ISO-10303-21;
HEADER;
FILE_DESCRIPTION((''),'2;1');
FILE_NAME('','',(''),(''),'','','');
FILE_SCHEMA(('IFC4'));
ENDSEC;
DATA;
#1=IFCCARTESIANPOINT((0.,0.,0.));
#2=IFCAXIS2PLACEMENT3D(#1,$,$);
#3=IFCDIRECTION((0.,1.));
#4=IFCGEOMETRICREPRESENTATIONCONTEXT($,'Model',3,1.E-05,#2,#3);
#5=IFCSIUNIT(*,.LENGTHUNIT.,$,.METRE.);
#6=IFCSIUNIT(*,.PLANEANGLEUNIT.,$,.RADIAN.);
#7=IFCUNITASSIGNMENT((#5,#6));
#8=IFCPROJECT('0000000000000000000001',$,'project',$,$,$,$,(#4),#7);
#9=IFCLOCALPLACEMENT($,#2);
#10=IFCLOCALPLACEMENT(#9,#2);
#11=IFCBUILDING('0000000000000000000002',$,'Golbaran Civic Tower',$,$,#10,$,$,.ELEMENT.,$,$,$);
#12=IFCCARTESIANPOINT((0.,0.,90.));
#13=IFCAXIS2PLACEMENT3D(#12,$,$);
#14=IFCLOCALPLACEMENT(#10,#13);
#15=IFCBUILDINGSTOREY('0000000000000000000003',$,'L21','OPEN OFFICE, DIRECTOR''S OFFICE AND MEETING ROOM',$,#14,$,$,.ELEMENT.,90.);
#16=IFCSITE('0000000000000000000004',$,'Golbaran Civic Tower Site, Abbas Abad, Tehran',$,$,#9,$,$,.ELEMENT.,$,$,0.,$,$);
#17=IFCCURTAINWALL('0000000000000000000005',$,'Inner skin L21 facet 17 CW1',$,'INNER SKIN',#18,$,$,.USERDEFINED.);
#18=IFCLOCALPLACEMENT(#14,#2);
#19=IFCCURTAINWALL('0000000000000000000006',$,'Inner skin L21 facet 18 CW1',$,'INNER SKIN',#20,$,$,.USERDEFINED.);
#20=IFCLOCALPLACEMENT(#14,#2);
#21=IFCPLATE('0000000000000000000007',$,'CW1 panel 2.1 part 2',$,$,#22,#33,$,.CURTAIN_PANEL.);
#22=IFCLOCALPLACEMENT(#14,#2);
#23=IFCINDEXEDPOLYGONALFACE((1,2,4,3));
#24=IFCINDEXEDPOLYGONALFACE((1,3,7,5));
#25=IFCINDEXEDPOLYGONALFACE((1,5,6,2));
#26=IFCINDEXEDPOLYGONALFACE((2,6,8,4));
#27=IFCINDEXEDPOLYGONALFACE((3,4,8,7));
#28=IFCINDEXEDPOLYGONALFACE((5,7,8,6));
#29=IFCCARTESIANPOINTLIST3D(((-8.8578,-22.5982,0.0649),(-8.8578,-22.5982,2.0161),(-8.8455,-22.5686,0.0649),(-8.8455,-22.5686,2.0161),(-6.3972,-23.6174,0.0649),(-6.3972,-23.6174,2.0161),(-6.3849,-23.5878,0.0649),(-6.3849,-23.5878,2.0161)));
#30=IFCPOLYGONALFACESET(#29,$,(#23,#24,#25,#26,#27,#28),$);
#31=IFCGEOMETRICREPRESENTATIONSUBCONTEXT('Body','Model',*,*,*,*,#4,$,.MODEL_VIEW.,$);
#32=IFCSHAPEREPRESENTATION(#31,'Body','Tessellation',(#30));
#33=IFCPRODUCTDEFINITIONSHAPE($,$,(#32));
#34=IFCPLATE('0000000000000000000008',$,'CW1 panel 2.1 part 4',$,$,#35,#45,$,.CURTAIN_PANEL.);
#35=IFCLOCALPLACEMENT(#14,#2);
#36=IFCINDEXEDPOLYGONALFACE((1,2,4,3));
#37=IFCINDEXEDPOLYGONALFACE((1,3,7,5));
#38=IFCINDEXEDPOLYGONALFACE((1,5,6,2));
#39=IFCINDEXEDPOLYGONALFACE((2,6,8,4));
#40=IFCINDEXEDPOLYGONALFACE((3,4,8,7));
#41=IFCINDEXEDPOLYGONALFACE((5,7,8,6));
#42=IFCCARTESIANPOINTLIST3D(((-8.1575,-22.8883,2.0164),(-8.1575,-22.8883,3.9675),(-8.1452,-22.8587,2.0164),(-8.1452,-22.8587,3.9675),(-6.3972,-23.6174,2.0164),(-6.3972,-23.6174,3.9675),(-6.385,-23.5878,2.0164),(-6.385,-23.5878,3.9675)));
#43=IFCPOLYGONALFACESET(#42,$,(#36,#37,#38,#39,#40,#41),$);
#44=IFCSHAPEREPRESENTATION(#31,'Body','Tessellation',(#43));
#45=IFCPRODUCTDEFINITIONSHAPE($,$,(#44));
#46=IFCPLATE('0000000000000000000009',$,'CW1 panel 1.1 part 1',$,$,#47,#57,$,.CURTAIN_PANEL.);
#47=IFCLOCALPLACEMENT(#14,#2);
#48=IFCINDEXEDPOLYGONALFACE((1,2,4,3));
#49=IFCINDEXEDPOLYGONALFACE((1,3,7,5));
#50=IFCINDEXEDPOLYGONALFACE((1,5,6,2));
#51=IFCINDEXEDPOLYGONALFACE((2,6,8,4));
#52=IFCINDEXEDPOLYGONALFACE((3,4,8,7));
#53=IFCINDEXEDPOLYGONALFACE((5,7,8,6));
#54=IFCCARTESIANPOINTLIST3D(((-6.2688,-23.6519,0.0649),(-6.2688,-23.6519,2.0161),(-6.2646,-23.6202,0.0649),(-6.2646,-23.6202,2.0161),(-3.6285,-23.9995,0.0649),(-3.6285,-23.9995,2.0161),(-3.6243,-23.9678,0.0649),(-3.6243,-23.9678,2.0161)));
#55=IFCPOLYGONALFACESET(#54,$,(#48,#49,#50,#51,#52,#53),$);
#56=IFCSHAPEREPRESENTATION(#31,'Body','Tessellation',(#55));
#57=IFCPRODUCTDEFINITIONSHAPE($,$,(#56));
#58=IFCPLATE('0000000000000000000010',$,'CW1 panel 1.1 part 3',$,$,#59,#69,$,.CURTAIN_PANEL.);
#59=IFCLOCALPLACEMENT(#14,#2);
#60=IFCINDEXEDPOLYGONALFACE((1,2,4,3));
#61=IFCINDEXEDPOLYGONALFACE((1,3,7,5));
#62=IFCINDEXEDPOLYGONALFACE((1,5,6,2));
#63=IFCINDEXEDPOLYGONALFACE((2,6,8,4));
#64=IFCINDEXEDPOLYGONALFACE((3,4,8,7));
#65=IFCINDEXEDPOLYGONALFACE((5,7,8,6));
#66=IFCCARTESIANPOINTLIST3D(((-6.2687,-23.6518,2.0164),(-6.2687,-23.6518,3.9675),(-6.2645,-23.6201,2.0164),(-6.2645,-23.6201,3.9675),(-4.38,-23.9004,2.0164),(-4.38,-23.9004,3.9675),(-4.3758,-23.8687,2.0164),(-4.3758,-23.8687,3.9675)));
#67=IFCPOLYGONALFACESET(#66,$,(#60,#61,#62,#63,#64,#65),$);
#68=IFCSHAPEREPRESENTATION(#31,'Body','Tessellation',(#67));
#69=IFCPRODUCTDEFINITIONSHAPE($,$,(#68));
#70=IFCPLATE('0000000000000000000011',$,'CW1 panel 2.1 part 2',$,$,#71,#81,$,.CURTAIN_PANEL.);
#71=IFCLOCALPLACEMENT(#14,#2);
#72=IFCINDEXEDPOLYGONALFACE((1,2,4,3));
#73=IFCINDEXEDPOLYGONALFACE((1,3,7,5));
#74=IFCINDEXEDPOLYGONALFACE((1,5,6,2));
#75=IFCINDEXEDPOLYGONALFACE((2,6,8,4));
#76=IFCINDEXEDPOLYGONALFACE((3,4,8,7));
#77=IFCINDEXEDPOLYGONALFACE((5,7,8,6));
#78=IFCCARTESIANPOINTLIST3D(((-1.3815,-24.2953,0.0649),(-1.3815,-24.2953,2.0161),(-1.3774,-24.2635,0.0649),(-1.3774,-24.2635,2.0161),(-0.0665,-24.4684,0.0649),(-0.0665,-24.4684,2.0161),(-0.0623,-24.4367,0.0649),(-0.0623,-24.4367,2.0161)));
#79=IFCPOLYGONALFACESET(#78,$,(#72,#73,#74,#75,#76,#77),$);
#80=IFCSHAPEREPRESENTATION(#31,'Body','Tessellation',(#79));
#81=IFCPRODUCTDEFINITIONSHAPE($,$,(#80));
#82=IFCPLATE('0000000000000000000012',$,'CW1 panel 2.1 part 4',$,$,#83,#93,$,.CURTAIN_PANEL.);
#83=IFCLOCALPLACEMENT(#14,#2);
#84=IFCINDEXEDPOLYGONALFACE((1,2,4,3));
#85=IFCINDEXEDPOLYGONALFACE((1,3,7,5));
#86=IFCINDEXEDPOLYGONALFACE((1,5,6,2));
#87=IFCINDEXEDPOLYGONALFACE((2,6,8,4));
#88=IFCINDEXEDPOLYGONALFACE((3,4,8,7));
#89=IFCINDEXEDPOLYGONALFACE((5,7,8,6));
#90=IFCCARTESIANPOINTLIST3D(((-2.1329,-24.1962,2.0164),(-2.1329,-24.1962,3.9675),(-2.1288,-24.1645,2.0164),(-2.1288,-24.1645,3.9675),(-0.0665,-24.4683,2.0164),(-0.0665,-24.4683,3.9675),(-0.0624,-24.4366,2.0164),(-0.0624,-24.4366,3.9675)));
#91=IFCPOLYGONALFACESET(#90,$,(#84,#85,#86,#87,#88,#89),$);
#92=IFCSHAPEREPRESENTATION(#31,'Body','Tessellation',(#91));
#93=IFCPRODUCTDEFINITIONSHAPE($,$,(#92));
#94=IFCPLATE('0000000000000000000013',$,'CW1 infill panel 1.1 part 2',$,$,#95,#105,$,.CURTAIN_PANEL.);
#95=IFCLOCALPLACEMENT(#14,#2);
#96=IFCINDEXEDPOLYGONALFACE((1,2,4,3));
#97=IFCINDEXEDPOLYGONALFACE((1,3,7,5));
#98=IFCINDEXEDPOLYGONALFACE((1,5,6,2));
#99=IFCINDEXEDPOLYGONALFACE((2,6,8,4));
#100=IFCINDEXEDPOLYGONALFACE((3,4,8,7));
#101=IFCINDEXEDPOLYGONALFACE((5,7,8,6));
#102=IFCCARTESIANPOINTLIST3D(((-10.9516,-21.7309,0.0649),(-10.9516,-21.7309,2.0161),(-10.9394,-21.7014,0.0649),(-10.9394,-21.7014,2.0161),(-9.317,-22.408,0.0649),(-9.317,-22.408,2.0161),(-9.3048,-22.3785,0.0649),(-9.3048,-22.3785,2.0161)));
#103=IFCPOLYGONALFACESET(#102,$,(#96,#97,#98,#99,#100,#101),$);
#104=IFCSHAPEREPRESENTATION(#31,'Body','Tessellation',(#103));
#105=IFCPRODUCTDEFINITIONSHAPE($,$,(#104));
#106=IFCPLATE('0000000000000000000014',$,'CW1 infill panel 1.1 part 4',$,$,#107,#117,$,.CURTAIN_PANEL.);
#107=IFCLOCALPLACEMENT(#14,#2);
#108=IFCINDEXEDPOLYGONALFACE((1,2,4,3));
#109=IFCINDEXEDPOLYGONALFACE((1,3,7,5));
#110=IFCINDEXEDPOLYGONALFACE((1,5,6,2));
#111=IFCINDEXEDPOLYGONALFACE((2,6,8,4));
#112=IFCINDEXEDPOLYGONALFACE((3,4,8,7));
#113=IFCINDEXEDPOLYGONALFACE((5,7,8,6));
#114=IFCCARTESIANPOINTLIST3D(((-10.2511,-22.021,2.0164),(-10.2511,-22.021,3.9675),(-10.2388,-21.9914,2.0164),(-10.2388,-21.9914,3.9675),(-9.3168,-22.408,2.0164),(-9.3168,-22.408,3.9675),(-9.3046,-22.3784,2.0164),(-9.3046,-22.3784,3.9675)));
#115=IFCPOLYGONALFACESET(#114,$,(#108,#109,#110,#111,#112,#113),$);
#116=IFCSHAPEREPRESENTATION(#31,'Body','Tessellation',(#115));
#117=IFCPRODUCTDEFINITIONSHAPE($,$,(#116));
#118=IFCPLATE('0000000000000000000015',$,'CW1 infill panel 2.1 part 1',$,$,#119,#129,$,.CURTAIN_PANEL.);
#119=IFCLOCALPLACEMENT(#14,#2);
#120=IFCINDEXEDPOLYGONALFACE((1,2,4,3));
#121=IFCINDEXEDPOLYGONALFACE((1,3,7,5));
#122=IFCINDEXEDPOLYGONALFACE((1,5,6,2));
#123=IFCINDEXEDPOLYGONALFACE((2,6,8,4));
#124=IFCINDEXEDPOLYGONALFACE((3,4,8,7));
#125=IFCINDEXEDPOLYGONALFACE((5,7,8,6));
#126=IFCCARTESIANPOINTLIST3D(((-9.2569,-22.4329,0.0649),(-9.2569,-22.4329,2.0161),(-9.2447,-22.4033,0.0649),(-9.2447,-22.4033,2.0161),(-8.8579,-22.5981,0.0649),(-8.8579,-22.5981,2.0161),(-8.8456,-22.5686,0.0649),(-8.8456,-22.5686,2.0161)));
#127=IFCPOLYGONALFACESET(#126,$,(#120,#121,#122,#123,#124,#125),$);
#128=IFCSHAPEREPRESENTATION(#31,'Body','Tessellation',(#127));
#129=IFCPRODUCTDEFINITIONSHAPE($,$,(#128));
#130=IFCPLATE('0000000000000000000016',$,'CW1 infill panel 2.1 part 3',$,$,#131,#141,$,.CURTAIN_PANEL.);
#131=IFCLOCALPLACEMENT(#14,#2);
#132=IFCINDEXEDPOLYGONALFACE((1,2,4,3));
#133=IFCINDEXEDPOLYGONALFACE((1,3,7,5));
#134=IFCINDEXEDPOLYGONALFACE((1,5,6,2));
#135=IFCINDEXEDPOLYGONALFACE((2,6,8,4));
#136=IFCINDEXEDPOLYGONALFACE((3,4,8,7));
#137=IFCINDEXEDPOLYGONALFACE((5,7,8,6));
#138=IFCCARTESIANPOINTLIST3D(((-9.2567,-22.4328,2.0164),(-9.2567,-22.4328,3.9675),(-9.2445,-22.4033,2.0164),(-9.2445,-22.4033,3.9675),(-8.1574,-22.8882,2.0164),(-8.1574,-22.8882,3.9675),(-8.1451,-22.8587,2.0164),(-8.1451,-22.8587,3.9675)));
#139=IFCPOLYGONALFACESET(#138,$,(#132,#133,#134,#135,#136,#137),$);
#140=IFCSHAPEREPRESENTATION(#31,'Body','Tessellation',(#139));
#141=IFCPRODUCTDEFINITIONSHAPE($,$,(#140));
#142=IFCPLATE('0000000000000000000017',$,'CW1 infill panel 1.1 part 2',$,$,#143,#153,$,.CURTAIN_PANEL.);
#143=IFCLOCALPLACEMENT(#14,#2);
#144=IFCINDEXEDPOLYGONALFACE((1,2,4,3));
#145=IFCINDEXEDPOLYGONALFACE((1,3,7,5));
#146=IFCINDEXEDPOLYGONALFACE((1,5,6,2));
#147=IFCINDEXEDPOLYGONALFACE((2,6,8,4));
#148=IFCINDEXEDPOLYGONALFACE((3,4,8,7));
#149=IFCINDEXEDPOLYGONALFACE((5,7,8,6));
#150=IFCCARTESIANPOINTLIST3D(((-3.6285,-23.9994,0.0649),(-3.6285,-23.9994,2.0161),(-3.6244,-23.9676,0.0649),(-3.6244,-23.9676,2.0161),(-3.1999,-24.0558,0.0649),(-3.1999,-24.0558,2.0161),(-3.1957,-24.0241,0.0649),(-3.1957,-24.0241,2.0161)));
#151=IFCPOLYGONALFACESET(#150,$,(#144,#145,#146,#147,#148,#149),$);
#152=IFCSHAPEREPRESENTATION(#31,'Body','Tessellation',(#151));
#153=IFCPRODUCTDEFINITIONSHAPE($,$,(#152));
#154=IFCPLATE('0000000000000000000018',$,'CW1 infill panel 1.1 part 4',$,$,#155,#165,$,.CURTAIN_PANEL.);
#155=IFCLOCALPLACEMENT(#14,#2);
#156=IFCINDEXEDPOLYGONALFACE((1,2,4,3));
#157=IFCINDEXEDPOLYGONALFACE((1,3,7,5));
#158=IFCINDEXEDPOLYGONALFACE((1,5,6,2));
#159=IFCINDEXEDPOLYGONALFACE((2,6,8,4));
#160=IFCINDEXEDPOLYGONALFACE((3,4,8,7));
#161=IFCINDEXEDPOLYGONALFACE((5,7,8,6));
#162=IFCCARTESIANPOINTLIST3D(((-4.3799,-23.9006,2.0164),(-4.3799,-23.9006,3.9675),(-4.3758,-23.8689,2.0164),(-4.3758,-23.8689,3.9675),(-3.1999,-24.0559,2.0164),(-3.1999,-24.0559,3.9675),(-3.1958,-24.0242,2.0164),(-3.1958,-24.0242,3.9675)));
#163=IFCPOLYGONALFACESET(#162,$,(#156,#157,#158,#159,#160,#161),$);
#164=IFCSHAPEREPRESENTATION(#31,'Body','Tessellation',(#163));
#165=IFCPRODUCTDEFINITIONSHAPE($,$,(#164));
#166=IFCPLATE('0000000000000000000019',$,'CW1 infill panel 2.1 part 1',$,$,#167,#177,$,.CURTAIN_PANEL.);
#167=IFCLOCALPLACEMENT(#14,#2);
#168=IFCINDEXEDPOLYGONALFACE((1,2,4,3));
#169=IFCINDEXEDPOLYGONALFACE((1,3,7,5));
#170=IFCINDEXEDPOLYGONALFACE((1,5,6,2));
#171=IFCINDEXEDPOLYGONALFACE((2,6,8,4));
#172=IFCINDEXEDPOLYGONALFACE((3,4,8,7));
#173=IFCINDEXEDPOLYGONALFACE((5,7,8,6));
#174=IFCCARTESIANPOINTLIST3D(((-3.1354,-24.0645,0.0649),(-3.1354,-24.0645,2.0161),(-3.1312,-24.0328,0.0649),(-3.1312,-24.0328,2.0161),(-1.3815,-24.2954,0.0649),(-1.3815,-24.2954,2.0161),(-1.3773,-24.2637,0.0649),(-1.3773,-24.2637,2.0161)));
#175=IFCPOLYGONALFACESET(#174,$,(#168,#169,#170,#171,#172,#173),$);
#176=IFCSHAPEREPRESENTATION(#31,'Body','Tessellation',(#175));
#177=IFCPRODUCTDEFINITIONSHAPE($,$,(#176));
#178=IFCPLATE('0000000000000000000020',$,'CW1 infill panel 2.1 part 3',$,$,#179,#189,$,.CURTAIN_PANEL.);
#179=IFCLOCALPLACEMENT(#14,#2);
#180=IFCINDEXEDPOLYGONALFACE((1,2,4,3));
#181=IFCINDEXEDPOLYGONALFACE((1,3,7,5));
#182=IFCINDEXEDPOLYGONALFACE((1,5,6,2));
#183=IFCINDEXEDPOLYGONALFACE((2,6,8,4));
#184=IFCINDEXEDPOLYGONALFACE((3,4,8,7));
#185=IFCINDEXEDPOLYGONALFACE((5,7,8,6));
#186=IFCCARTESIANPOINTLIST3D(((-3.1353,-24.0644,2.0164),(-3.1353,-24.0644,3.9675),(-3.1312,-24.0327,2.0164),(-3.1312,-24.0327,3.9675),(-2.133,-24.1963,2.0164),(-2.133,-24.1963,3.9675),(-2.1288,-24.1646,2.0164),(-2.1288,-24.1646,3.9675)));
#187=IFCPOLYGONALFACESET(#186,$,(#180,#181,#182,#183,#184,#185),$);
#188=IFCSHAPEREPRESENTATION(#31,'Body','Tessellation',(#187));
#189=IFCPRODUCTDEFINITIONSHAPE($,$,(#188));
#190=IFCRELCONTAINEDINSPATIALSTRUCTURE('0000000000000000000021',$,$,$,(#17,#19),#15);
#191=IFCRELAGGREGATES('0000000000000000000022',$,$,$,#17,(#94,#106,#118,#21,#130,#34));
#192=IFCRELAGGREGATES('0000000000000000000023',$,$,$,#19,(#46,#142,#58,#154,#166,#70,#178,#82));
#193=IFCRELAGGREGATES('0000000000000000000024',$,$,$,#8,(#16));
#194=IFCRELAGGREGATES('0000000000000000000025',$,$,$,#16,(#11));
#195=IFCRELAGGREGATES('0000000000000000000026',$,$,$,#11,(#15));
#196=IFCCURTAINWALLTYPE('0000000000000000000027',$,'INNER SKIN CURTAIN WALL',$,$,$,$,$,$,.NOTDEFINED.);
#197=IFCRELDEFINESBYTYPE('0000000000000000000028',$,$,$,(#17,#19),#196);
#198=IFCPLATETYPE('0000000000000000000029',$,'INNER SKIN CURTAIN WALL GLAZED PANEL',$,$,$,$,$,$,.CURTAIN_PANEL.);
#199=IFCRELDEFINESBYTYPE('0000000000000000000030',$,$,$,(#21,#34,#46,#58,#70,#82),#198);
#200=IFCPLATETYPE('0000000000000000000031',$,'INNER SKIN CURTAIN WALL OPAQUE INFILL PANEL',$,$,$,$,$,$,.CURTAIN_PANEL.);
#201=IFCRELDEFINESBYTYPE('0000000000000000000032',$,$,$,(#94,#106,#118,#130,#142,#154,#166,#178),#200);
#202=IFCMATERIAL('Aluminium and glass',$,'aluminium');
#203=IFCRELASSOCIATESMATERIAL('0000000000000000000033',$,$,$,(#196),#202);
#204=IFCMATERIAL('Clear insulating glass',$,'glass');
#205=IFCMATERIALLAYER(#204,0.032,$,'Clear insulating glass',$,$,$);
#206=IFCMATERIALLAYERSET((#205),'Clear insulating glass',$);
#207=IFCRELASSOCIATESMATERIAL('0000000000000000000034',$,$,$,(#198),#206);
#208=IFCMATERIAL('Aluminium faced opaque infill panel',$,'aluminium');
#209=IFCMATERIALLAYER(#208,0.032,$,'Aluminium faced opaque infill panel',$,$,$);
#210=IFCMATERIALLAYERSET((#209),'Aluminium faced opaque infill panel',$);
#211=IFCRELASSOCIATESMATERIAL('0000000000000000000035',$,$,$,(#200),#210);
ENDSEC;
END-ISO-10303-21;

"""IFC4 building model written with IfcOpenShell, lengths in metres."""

from ifc_helpers import new_model, si_unit, direction, frame, origin, origin_2d, place, context, subcontext, project, spatial, rectangle, extrude, material, layer, layer_set, type_object, element, aggregate, save


model = new_model("IFC4")

# Units and contexts
model_context = context("Model", 3, precision=1e-05, world=origin(), true_north=direction((0.0, 1.0)))
body_context = subcontext(model_context, "Body", "Model", "MODEL_VIEW")
ifc_project = project(units=[si_unit("LENGTHUNIT", "METRE"), si_unit("PLANEANGLEUNIT", "RADIAN")], contexts=[model_context])

# Site, building, storey
site_placement = place(None, origin())
site = spatial("IfcSite", under=ifc_project, at=site_placement, Name="Golbaran Civic Tower Site, Abbas Abad, Tehran", CompositionType="ELEMENT", RefElevation=0.0)
building_placement = place(site_placement, origin())
building = spatial("IfcBuilding", under=site, at=building_placement, Name="Golbaran Civic Tower", CompositionType="ELEMENT")
storey_placement = place(building_placement, frame((0.0, 0.0, 90.0)))
storey = spatial("IfcBuildingStorey", under=building, at=storey_placement, Name="L21", Description="OPEN OFFICE, DIRECTOR'S OFFICE AND MEETING ROOM", CompositionType="ELEMENT", Elevation=90.0)

# Curtain walls
ifc_material_1 = material(Name="Aluminium and glass", Category="aluminium")
curtain_wall_type = type_object("IfcCurtainWallType", Name="INNER SKIN CURTAIN WALL", PredefinedType="NOTDEFINED", material=ifc_material_1)
curtain_wall_1_placement = place(storey_placement, origin())
curtain_wall_1 = element("IfcCurtainWall", 1, at=curtain_wall_1_placement, inside=storey, type_object=curtain_wall_type, Name="Inner skin L21 facet 17 CW1", ObjectType="INNER SKIN", PredefinedType="USERDEFINED")
curtain_wall_2_placement = place(storey_placement, origin())
curtain_wall_2 = element("IfcCurtainWall", 2, at=curtain_wall_2_placement, inside=storey, type_object=curtain_wall_type, Name="Inner skin L21 facet 18 CW1", ObjectType="INNER SKIN", PredefinedType="USERDEFINED")

# Plates
ifc_material_2 = material(Name="Clear insulating glass", Category="glass")
ifc_layer_1 = layer(ifc_material_2, 0.032, Name="Clear insulating glass")
ifc_layer_set_1 = layer_set([ifc_layer_1], Name="Clear insulating glass")
plate_type_1 = type_object("IfcPlateType", Name="INNER SKIN CURTAIN WALL GLAZED PANEL", PredefinedType="CURTAIN_PANEL", material=ifc_layer_set_1)
plate_1_placement = place(storey_placement, frame((-7.6213, -23.093, 0.0649), z_axis=(0.0, 0.0, 1.0), x_axis=(0.92388, -0.382683, 0.0)))
plate_1 = element("IfcPlate", 3, at=plate_1_placement, type_object=plate_type_1, Name="CW1 panel 2.1 part 2", PredefinedType="CURTAIN_PANEL", context=body_context, shape_type="SweptSolid", body=[
    extrude(rectangle(XDim=2.6633, YDim=0.032, at=origin_2d()), origin(), (0.0, 0.0, 1.0), 1.9512),
])
plate_2_placement = place(storey_placement, frame((-7.2712, -23.238, 2.0164), z_axis=(0.0, 0.0, 1.0), x_axis=(0.92388, -0.382683, 0.0)))
plate_2 = element("IfcPlate", 4, at=plate_2_placement, type_object=plate_type_1, Name="CW1 panel 2.1 part 4", PredefinedType="CURTAIN_PANEL", context=body_context, shape_type="SweptSolid", body=[
    extrude(rectangle(XDim=1.9053, YDim=0.032, at=origin_2d()), origin(), (0.0, 0.0, 1.0), 1.9512),
])
plate_3_placement = place(storey_placement, frame((-4.9465, -23.8098, 0.0649), z_axis=(0.0, 0.0, 1.0), x_axis=(0.991445, -0.130526, 0.0)))
plate_3 = element("IfcPlate", 5, at=plate_3_placement, type_object=plate_type_1, Name="CW1 panel 1.1 part 1", PredefinedType="CURTAIN_PANEL", context=body_context, shape_type="SweptSolid", body=[
    extrude(rectangle(XDim=2.6631, YDim=0.032, at=origin_2d()), origin(), (0.0, 0.0, 1.0), 1.9512),
])
plate_4_placement = place(storey_placement, frame((-5.3223, -23.7603, 2.0164), z_axis=(0.0, 0.0, 1.0), x_axis=(0.991445, -0.130526, 0.0)))
plate_4 = element("IfcPlate", 6, at=plate_4_placement, type_object=plate_type_1, Name="CW1 panel 1.1 part 3", PredefinedType="CURTAIN_PANEL", context=body_context, shape_type="SweptSolid", body=[
    extrude(rectangle(XDim=1.905, YDim=0.032, at=origin_2d()), origin(), (0.0, 0.0, 1.0), 1.9512),
])
plate_5_placement = place(storey_placement, frame((-0.7219, -24.366, 0.0649), z_axis=(0.0, 0.0, 1.0), x_axis=(0.991445, -0.130526, 0.0)))
plate_5 = element("IfcPlate", 7, at=plate_5_placement, type_object=plate_type_1, Name="CW1 panel 2.1 part 2", PredefinedType="CURTAIN_PANEL", context=body_context, shape_type="SweptSolid", body=[
    extrude(rectangle(XDim=1.3264, YDim=0.032, at=origin_2d()), origin(), (0.0, 0.0, 1.0), 1.9512),
])
plate_6_placement = place(storey_placement, frame((-1.0977, -24.3164, 2.0164), z_axis=(0.0, 0.0, 1.0), x_axis=(0.991445, -0.130526, 0.0)))
plate_6 = element("IfcPlate", 8, at=plate_6_placement, type_object=plate_type_1, Name="CW1 panel 2.1 part 4", PredefinedType="CURTAIN_PANEL", context=body_context, shape_type="SweptSolid", body=[
    extrude(rectangle(XDim=2.0842, YDim=0.032, at=origin_2d()), origin(), (0.0, 0.0, 1.0), 1.9512),
])
ifc_material_3 = material(Name="Aluminium faced opaque infill panel", Category="aluminium")
ifc_layer_2 = layer(ifc_material_3, 0.032, Name="Aluminium faced opaque infill panel")
ifc_layer_set_2 = layer_set([ifc_layer_2], Name="Aluminium faced opaque infill panel")
plate_type_2 = type_object("IfcPlateType", Name="INNER SKIN CURTAIN WALL OPAQUE INFILL PANEL", PredefinedType="CURTAIN_PANEL", material=ifc_layer_set_2)
plate_7_placement = place(storey_placement, frame((-10.1282, -22.0547, 0.0649), z_axis=(0.0, 0.0, 1.0), x_axis=(0.92388, -0.382683, 0.0)))
plate_7 = element("IfcPlate", 9, at=plate_7_placement, type_object=plate_type_2, Name="CW1 infill panel 1.1 part 2", PredefinedType="CURTAIN_PANEL", context=body_context, shape_type="SweptSolid", body=[
    extrude(rectangle(XDim=1.7693, YDim=0.032, at=origin_2d()), origin(), (0.0, 0.0, 1.0), 1.9512),
])
plate_8_placement = place(storey_placement, frame((-9.7778, -22.1997, 2.0164), z_axis=(0.0, 0.0, 1.0), x_axis=(0.92388, -0.382683, 0.0)))
plate_8 = element("IfcPlate", 10, at=plate_8_placement, type_object=plate_type_2, Name="CW1 infill panel 1.1 part 4", PredefinedType="CURTAIN_PANEL", context=body_context, shape_type="SweptSolid", body=[
    extrude(rectangle(XDim=1.0112, YDim=0.032, at=origin_2d()), origin(), (0.0, 0.0, 1.0), 1.9512),
])
plate_9_placement = place(storey_placement, frame((-9.0513, -22.5007, 0.0649), z_axis=(0.0, 0.0, 1.0), x_axis=(0.92388, -0.382683, 0.0)))
plate_9 = element("IfcPlate", 11, at=plate_9_placement, type_object=plate_type_2, Name="CW1 infill panel 2.1 part 1", PredefinedType="CURTAIN_PANEL", context=body_context, shape_type="SweptSolid", body=[
    extrude(rectangle(XDim=0.4319, YDim=0.032, at=origin_2d()), origin(), (0.0, 0.0, 1.0), 1.9512),
])
plate_10_placement = place(storey_placement, frame((-8.7009, -22.6458, 2.0164), z_axis=(0.0, 0.0, 1.0), x_axis=(0.92388, -0.382683, 0.0)))
plate_10 = element("IfcPlate", 12, at=plate_10_placement, type_object=plate_type_2, Name="CW1 infill panel 2.1 part 3", PredefinedType="CURTAIN_PANEL", context=body_context, shape_type="SweptSolid", body=[
    extrude(rectangle(XDim=1.1899, YDim=0.032, at=origin_2d()), origin(), (0.0, 0.0, 1.0), 1.9512),
])
aggregate(curtain_wall_1, [plate_7, plate_8, plate_9, plate_1, plate_10, plate_2])
plate_11_placement = place(storey_placement, frame((-3.4121, -24.0117, 0.0649), z_axis=(0.0, 0.0, 1.0), x_axis=(0.991445, -0.130526, 0.0)))
plate_11 = element("IfcPlate", 13, at=plate_11_placement, type_object=plate_type_2, Name="CW1 infill panel 1.1 part 2", PredefinedType="CURTAIN_PANEL", context=body_context, shape_type="SweptSolid", body=[
    extrude(rectangle(XDim=0.4324, YDim=0.032, at=origin_2d()), origin(), (0.0, 0.0, 1.0), 1.9512),
])
plate_12_placement = place(storey_placement, frame((-3.7878, -23.9624, 2.0164), z_axis=(0.0, 0.0, 1.0), x_axis=(0.991445, -0.130526, 0.0)))
plate_12 = element("IfcPlate", 14, at=plate_12_placement, type_object=plate_type_2, Name="CW1 infill panel 1.1 part 4", PredefinedType="CURTAIN_PANEL", context=body_context, shape_type="SweptSolid", body=[
    extrude(rectangle(XDim=1.1902, YDim=0.032, at=origin_2d()), origin(), (0.0, 0.0, 1.0), 1.9512),
])
plate_13_placement = place(storey_placement, frame((-2.2563, -24.1641, 0.0649), z_axis=(0.0, 0.0, 1.0), x_axis=(0.991445, -0.130526, 0.0)))
plate_13 = element("IfcPlate", 15, at=plate_13_placement, type_object=plate_type_2, Name="CW1 infill panel 2.1 part 1", PredefinedType="CURTAIN_PANEL", context=body_context, shape_type="SweptSolid", body=[
    extrude(rectangle(XDim=1.769, YDim=0.032, at=origin_2d()), origin(), (0.0, 0.0, 1.0), 1.9512),
])
plate_14_placement = place(storey_placement, frame((-2.6321, -24.1145, 2.0164), z_axis=(0.0, 0.0, 1.0), x_axis=(0.991445, -0.130526, 0.0)))
plate_14 = element("IfcPlate", 16, at=plate_14_placement, type_object=plate_type_2, Name="CW1 infill panel 2.1 part 3", PredefinedType="CURTAIN_PANEL", context=body_context, shape_type="SweptSolid", body=[
    extrude(rectangle(XDim=1.011, YDim=0.032, at=origin_2d()), origin(), (0.0, 0.0, 1.0), 1.9512),
])
aggregate(curtain_wall_2, [plate_3, plate_11, plate_4, plate_12, plate_13, plate_5, plate_14, plate_6])

save(model, "model.ifc")
